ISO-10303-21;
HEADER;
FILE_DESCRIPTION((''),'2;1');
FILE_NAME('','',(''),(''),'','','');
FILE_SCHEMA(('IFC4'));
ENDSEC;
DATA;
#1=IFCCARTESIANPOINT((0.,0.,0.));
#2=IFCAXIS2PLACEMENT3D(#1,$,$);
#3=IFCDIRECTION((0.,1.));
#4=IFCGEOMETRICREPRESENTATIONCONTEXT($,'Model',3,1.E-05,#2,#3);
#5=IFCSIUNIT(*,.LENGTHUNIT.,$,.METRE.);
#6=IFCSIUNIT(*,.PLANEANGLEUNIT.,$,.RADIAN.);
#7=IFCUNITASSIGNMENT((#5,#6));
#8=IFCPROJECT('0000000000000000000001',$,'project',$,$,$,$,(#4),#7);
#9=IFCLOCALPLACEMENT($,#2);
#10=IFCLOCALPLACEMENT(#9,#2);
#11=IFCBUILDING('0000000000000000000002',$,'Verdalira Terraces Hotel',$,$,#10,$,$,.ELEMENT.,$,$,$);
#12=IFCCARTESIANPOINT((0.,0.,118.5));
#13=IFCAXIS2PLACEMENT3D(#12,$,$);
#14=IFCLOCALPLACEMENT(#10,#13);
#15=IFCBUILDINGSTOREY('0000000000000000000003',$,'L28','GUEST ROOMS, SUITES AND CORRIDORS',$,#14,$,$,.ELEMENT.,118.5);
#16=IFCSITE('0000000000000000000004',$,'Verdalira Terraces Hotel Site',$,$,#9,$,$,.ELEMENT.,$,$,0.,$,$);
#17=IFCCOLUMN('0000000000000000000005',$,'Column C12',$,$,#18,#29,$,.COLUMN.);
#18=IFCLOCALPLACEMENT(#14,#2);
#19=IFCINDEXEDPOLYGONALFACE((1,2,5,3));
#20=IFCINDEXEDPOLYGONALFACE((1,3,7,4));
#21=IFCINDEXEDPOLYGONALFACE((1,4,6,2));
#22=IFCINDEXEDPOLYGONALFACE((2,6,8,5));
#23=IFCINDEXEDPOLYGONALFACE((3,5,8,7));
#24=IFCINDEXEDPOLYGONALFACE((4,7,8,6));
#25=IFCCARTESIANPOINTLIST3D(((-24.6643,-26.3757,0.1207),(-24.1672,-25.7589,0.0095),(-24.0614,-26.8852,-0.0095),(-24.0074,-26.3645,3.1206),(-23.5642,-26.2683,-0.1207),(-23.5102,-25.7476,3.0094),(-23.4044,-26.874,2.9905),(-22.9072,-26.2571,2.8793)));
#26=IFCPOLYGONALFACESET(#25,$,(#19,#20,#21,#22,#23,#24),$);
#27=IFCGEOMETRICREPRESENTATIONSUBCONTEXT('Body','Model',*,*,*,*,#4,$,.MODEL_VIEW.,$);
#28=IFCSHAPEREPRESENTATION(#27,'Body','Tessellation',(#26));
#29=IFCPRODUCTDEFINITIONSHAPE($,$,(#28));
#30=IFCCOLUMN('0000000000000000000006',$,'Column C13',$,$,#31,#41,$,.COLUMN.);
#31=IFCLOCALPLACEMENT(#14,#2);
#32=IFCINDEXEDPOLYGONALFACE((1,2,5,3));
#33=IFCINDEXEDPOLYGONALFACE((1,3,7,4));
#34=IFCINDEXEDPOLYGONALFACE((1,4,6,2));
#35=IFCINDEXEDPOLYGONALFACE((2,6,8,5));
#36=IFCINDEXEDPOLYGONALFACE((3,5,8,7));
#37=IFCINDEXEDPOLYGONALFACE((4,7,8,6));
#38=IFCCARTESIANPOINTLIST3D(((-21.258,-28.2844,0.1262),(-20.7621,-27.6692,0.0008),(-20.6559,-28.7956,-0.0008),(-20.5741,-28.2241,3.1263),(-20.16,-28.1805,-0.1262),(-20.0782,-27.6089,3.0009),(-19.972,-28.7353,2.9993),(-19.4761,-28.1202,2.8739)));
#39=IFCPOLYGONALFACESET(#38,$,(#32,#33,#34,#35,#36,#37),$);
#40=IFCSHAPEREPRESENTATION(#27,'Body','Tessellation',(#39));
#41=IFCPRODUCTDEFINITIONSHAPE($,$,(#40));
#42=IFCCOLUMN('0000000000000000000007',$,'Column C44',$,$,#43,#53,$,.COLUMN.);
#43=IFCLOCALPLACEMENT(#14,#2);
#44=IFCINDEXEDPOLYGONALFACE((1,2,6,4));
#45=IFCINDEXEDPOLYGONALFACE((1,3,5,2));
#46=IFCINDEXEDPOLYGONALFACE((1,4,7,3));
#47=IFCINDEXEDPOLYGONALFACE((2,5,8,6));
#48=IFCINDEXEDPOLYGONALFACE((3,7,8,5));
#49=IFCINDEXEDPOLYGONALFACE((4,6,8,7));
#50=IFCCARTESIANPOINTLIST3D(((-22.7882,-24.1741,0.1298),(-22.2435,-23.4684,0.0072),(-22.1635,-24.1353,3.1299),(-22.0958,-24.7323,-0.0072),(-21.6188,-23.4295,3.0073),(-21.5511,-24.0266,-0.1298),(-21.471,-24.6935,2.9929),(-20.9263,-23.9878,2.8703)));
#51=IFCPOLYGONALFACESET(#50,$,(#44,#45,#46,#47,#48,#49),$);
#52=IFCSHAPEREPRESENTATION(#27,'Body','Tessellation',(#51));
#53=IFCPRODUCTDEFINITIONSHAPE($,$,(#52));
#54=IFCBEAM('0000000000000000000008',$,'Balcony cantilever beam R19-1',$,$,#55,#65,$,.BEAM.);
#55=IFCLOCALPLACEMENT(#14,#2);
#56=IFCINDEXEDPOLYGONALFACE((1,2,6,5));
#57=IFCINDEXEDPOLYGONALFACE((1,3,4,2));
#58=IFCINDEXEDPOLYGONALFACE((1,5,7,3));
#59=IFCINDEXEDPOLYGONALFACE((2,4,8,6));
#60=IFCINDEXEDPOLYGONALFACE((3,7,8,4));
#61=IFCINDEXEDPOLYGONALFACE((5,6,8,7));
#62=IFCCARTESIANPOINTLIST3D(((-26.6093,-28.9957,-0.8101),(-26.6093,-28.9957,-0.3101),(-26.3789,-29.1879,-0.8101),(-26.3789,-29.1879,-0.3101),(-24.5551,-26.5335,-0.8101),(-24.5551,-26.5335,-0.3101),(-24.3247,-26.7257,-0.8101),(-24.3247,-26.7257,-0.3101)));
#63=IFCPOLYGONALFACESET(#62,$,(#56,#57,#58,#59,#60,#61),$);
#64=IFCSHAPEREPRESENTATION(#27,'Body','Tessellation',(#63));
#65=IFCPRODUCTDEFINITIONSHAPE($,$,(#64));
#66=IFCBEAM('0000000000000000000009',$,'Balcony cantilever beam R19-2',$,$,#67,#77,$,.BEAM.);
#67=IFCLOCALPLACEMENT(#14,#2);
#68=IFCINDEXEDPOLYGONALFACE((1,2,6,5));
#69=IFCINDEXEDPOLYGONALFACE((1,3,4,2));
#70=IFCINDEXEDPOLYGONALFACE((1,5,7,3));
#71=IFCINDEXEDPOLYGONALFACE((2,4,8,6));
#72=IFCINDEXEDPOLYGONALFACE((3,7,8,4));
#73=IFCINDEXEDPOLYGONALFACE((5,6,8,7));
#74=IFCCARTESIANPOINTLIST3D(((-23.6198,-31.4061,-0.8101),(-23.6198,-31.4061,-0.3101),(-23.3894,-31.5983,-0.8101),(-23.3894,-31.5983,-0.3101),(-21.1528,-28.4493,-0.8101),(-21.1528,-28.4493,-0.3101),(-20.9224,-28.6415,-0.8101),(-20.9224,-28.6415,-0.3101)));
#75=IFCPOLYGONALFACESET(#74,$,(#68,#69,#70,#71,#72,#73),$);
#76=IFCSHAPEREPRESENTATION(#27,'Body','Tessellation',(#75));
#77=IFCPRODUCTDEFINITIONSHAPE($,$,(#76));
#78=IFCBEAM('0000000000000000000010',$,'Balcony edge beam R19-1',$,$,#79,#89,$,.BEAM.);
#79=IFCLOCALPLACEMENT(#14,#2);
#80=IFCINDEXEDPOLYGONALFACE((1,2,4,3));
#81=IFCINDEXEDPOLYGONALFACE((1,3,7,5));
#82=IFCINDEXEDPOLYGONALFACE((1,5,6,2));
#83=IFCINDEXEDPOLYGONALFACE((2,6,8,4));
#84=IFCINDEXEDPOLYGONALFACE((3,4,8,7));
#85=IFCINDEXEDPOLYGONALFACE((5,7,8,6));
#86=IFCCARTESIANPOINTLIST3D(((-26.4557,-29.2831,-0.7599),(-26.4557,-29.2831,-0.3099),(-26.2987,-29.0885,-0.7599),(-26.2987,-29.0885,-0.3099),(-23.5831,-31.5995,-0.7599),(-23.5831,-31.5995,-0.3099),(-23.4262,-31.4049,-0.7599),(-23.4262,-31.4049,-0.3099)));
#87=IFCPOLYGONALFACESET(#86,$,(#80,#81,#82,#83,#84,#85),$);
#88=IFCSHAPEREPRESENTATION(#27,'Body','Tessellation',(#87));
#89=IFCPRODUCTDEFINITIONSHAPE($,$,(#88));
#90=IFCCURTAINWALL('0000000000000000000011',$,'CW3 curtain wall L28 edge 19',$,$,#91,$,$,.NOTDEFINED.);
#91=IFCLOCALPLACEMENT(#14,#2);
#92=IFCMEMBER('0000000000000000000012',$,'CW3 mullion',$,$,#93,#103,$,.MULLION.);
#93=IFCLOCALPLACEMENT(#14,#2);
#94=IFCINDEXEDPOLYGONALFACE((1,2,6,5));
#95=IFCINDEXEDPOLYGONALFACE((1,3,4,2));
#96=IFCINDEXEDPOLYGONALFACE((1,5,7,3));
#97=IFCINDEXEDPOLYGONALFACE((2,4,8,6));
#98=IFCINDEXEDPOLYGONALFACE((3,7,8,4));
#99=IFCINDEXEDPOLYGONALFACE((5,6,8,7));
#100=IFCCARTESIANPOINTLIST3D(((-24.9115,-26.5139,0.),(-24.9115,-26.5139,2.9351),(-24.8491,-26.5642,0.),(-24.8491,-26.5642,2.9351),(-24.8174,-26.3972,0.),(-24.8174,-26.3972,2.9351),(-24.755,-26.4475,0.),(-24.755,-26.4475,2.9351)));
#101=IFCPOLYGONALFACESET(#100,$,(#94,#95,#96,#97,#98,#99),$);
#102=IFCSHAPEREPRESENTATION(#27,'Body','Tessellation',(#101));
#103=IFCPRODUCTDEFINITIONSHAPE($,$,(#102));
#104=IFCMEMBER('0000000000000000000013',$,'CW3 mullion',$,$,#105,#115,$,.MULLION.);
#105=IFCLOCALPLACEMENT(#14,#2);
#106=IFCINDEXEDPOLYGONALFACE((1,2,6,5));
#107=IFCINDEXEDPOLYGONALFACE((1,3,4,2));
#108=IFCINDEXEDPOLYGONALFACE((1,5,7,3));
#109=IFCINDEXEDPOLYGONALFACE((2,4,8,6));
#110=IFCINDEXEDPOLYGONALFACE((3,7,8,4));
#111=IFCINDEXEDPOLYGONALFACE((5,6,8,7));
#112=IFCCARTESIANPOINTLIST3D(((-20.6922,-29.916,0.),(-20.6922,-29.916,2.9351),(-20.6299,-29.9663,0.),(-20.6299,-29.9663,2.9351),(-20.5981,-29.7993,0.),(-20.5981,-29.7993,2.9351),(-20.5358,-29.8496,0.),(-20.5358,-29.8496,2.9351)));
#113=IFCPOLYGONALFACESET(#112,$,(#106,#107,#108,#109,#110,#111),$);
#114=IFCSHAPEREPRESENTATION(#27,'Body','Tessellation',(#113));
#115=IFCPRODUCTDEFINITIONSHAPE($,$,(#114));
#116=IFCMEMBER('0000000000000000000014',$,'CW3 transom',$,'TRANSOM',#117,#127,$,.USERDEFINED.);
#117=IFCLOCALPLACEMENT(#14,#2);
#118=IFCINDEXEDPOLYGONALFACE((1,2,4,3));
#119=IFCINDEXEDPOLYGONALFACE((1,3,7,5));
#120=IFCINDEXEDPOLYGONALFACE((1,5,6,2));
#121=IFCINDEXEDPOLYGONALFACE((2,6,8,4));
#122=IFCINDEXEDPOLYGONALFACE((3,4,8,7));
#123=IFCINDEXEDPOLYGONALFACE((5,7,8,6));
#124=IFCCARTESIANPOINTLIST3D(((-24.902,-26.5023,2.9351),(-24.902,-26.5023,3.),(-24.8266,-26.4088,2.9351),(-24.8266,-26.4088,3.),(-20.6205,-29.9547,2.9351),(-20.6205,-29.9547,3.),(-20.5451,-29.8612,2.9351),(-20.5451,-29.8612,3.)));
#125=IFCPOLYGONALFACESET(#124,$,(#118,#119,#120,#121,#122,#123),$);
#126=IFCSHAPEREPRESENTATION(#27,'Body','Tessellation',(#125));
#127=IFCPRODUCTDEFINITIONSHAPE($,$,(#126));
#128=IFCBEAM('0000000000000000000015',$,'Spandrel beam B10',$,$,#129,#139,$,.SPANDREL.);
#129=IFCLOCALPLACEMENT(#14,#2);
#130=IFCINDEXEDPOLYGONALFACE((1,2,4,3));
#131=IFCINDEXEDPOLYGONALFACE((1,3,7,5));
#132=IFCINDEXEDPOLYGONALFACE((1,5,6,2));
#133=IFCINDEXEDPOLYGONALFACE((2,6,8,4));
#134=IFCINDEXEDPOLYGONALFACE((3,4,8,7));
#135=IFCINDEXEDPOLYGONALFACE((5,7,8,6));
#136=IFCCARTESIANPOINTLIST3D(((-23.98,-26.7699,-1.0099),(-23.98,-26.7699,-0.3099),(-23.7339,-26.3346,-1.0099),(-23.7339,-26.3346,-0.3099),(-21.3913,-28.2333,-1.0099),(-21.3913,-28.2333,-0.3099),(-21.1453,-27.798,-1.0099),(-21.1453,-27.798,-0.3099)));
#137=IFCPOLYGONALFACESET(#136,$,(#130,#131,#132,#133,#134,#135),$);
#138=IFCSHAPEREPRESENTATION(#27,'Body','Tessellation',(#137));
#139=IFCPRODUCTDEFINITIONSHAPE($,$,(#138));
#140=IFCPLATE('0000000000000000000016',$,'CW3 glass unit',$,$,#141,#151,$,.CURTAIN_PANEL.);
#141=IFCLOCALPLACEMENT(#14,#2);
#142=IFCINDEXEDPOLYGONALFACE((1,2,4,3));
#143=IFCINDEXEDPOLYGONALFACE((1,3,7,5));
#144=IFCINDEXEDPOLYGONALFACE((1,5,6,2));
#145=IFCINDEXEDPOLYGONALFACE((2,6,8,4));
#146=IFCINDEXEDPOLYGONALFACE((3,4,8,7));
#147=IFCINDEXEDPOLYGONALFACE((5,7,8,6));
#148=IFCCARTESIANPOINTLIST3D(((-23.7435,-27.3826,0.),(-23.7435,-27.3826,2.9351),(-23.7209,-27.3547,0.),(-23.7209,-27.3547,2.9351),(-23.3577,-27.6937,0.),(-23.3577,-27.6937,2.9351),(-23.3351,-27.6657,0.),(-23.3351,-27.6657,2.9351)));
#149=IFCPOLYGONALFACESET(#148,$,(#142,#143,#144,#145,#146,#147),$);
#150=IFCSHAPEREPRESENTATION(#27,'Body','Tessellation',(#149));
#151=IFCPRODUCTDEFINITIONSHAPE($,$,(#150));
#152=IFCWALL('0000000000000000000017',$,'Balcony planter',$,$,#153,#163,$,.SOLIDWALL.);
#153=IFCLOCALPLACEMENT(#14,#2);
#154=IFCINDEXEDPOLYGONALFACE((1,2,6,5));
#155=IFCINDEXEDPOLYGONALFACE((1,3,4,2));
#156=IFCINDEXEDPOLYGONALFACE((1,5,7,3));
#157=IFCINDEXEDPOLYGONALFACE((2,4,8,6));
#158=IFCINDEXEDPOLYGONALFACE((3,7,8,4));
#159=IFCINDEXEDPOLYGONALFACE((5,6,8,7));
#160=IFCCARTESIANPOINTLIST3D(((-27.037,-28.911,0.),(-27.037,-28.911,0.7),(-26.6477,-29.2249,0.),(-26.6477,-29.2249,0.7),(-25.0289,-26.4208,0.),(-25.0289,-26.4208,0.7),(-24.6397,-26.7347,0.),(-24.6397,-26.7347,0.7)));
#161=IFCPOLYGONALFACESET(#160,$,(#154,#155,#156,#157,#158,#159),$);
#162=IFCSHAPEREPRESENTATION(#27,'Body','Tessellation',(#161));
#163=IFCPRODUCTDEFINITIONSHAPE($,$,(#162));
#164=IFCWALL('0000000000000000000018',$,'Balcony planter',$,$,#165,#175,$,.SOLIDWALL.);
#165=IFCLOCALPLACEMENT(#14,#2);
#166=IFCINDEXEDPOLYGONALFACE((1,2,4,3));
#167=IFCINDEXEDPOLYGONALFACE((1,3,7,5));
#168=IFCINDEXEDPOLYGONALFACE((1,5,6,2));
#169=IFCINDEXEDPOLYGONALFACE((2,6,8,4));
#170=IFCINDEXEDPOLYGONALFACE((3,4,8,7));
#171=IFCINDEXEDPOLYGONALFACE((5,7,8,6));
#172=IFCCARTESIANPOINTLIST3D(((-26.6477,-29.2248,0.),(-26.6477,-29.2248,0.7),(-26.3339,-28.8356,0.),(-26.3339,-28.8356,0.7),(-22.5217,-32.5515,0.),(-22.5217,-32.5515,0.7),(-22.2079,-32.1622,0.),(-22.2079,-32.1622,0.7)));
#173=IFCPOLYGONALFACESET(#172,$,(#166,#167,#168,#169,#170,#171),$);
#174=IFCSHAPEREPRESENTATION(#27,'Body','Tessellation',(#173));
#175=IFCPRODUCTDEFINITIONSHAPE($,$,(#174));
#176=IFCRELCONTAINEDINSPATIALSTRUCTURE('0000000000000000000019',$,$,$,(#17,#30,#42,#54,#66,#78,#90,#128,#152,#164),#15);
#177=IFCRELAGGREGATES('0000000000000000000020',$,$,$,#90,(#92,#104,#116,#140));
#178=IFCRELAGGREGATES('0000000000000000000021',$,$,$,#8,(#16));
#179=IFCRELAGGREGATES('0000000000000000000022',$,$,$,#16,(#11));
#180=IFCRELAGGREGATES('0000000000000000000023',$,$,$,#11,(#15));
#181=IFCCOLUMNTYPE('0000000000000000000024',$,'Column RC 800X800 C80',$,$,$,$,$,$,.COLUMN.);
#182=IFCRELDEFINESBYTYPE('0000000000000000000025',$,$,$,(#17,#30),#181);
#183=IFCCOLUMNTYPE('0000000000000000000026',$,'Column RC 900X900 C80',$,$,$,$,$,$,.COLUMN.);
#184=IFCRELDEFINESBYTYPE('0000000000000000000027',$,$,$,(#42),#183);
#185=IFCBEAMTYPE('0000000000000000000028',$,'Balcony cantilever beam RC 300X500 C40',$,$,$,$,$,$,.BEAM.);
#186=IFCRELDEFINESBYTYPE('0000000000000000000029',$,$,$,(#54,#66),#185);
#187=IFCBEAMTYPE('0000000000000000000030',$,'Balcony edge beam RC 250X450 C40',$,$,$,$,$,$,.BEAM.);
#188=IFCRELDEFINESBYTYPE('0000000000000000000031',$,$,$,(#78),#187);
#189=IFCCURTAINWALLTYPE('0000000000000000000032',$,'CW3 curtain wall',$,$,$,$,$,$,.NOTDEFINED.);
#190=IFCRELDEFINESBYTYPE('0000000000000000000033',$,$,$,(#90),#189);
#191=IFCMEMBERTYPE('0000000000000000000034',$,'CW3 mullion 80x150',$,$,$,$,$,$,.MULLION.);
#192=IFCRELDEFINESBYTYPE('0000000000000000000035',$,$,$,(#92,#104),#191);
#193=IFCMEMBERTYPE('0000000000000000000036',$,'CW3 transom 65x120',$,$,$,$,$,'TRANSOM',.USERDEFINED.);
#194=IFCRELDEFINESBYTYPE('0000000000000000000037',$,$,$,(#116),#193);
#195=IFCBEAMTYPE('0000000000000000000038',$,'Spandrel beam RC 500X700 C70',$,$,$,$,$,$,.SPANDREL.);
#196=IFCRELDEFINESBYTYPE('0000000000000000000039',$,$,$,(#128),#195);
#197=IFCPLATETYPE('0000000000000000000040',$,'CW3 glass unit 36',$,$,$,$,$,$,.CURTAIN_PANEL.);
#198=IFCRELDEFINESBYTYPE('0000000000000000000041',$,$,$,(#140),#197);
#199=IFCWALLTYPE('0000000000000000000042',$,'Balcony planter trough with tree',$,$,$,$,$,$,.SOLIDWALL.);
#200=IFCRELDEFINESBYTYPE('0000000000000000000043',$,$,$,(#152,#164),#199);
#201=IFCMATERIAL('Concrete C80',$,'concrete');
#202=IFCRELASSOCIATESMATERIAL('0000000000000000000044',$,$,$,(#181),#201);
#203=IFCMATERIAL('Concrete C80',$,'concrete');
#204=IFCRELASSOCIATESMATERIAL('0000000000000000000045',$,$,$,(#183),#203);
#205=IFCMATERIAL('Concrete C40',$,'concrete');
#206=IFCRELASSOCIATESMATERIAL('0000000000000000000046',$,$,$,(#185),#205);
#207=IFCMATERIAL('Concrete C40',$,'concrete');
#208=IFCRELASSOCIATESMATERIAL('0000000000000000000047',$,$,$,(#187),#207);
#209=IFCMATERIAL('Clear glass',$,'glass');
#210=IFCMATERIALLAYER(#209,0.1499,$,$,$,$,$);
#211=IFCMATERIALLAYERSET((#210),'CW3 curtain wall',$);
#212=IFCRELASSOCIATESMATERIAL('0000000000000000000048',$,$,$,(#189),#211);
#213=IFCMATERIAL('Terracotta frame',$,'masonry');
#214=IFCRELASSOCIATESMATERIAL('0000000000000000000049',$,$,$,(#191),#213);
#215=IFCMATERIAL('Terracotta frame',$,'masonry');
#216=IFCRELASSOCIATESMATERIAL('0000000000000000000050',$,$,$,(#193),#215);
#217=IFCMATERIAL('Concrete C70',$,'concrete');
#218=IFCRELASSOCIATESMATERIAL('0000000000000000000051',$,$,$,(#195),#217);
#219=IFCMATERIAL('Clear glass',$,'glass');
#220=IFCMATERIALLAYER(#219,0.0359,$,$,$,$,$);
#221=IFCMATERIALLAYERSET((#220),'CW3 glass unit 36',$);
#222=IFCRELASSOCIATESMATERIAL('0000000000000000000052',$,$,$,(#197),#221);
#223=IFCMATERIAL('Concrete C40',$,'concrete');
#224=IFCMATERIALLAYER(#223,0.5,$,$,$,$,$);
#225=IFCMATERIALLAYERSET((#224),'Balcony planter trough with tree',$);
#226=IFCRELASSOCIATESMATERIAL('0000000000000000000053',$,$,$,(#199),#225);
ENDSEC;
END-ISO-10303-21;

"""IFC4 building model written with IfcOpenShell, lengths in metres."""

from ifc_helpers import new_model, si_unit, direction, frame, frame_2d, origin, origin_2d, place, context, subcontext, project, spatial, rectangle, extrude, material, layer, layer_set, material_profile, profile_set, type_object, element, aggregate, save


model = new_model("IFC4")

# Units and contexts
model_context = context("Model", 3, precision=1e-05, world=origin(), true_north=direction((0.0, 1.0)))
body_context = subcontext(model_context, "Body", "Model", "MODEL_VIEW")
ifc_project = project(units=[si_unit("LENGTHUNIT", "METRE"), si_unit("PLANEANGLEUNIT", "RADIAN")], contexts=[model_context])

# Site, building, storey
site_placement = place(None, origin())
site = spatial("IfcSite", under=ifc_project, at=site_placement, Name="Verdalira Terraces Hotel Site", CompositionType="ELEMENT", RefElevation=0.0)
building_placement = place(site_placement, origin())
building = spatial("IfcBuilding", under=site, at=building_placement, Name="Verdalira Terraces Hotel", CompositionType="ELEMENT")
storey_placement = place(building_placement, frame((0.0, 0.0, 118.5)))
storey = spatial("IfcBuildingStorey", under=building, at=storey_placement, Name="L28", Description="GUEST ROOMS, SUITES AND CORRIDORS", CompositionType="ELEMENT", Elevation=118.5)

# Columns
ifc_material_1 = material(Name="Concrete C80", Category="concrete")
ifc_material_profile_1 = material_profile(ifc_material_1, rectangle(XDim=0.8, YDim=0.8, at=origin_2d()), Name="RC 800X800")
ifc_profile_set_1 = profile_set([ifc_material_profile_1], Name="Concrete C80")
column_type_1 = type_object("IfcColumnType", Name="Column RC 800X800 C80", PredefinedType="COLUMN", material=ifc_profile_set_1)
column_1_placement = place(storey_placement, frame((-24.1143, -26.322, 0.0), z_axis=(0.213923, 0.003657, 0.976844), x_axis=(0.753681, -0.636792, -0.162668)))
element("IfcColumn", 1, at=column_1_placement, inside=storey, type_object=column_type_1, Name="Column C12", PredefinedType="COLUMN", context=body_context, shape_type="SweptSolid", body=[
    extrude(rectangle(XDim=0.8, YDim=0.8, at=origin_2d()), origin(), (0.0, 0.0, 1.0), 3.071),
])
column_2_placement = place(storey_placement, frame((-20.709, -28.2324, 0.0), z_axis=(0.222203, 0.019594, 0.974804), x_axis=(0.752603, -0.639062, -0.158707)))
element("IfcColumn", 2, at=column_2_placement, inside=storey, type_object=column_type_1, Name="Column C13", PredefinedType="COLUMN", context=body_context, shape_type="SweptSolid", body=[
    extrude(rectangle(XDim=0.8, YDim=0.8, at=origin_2d()), origin(), (0.0, 0.0, 1.0), 3.0776),
])
ifc_material_2 = material(Name="Concrete C80", Category="concrete")
ifc_material_profile_2 = material_profile(ifc_material_2, rectangle(XDim=0.8999, YDim=0.8999, at=origin_2d()), Name="RC 900X900")
ifc_profile_set_2 = profile_set([ifc_material_profile_2], Name="Concrete C80")
column_type_2 = type_object("IfcColumnType", Name="Column RC 900X900 C80", PredefinedType="COLUMN", material=ifc_profile_set_2)
column_3_placement = place(storey_placement, frame((-22.1697, -24.1003, 0.0), z_axis=(0.203862, 0.012667, 0.978918), x_axis=(-0.605305, -0.784254, 0.136204)))
element("IfcColumn", 3, at=column_3_placement, inside=storey, type_object=column_type_2, Name="Column C44", PredefinedType="COLUMN", context=body_context, shape_type="SweptSolid", body=[
    extrude(rectangle(XDim=0.8999, YDim=0.8999, at=origin_2d()), origin(), (0.0, 0.0, 1.0), 3.0647),
])

# Beams
ifc_material_3 = material(Name="Concrete C40", Category="concrete")
ifc_material_profile_3 = material_profile(ifc_material_3, rectangle(XDim=0.3, YDim=0.5, at=origin_2d()), Name="RC 300X500")
ifc_profile_set_3 = profile_set([ifc_material_profile_3], Name="Concrete C40")
beam_type_1 = type_object("IfcBeamType", Name="Balcony cantilever beam RC 300X500 C40", PredefinedType="BEAM", material=ifc_profile_set_3)
beam_1_placement = place(storey_placement, frame((-24.4399, -26.6296, -0.5601), z_axis=(-0.640626, -0.767853, 0.0), x_axis=(0.767853, -0.640626, 0.0)))
element("IfcBeam", 4, at=beam_1_placement, inside=storey, type_object=beam_type_1, Name="Balcony cantilever beam R19-1", PredefinedType="BEAM", context=body_context, shape_type="SweptSolid", body=[
    extrude(rectangle(XDim=0.3, YDim=0.5, at=origin_2d()), origin(), (0.0, 0.0, 1.0), 3.2065),
])
beam_2_placement = place(storey_placement, frame((-21.0376, -28.5454, -0.5601), z_axis=(-0.640652, -0.767831, 0.0), x_axis=(0.767831, -0.640652, 0.0)))
element("IfcBeam", 5, at=beam_2_placement, inside=storey, type_object=beam_type_1, Name="Balcony cantilever beam R19-2", PredefinedType="BEAM", context=body_context, shape_type="SweptSolid", body=[
    extrude(rectangle(XDim=0.3, YDim=0.5, at=origin_2d()), origin(), (0.0, 0.0, 1.0), 3.8508),
])
ifc_material_4 = material(Name="Concrete C40", Category="concrete")
ifc_material_profile_4 = material_profile(ifc_material_4, rectangle(XDim=0.25, YDim=0.45, at=origin_2d()), Name="RC 250X450")
ifc_profile_set_4 = profile_set([ifc_material_profile_4], Name="Concrete C40")
beam_type_2 = type_object("IfcBeamType", Name="Balcony edge beam RC 250X450 C40", PredefinedType="BEAM", material=ifc_profile_set_4)
beam_3_placement = place(storey_placement, frame((-26.3772, -29.1858, -0.5349), z_axis=(0.778436, -0.627724, 0.0), x_axis=(0.627724, 0.778436, 0.0)))
element("IfcBeam", 6, at=beam_3_placement, inside=storey, type_object=beam_type_2, Name="Balcony edge beam R19-1", PredefinedType="BEAM", context=body_context, shape_type="SweptSolid", body=[
    extrude(rectangle(XDim=0.25, YDim=0.45, at=origin_2d()), origin(), (0.0, 0.0, 1.0), 3.6902),
])

# Curtain wall, members
ifc_material_5 = material(Name="Clear glass", Category="glass")
ifc_layer_1 = layer(ifc_material_5, 0.1499)
ifc_layer_set_1 = layer_set([ifc_layer_1], Name="CW3 curtain wall")
curtain_wall_type = type_object("IfcCurtainWallType", Name="CW3 curtain wall", PredefinedType="NOTDEFINED", material=ifc_layer_set_1)
curtain_wall_placement = place(storey_placement, origin())
curtain_wall = element("IfcCurtainWall", 7, at=curtain_wall_placement, inside=storey, type_object=curtain_wall_type, Name="CW3 curtain wall L28 edge 19", PredefinedType="NOTDEFINED")
ifc_material_6 = material(Name="Terracotta frame", Category="masonry")
ifc_material_profile_5 = material_profile(ifc_material_6, rectangle(XDim=0.0801, YDim=0.1499, at=origin_2d()), Name="MU 80x150")
ifc_profile_set_5 = profile_set([ifc_material_profile_5], Name="Terracotta frame")
member_type_1 = type_object("IfcMemberType", Name="CW3 mullion 80x150", PredefinedType="MULLION", material=ifc_profile_set_5)
member_1_placement = place(storey_placement, frame((-24.8333, -26.4807, 0.0), z_axis=(0.0, 0.0, 1.0), x_axis=(0.778462, -0.627691, 0.0)))
member_1 = element("IfcMember", 8, at=member_1_placement, type_object=member_type_1, Name="CW3 mullion", PredefinedType="MULLION", context=body_context, shape_type="SweptSolid", body=[
    extrude(rectangle(XDim=0.0801, YDim=0.1499, at=origin_2d()), origin(), (0.0, 0.0, 1.0), 2.9351),
])
member_2_placement = place(storey_placement, frame((-20.614, -29.8828, 0.0), z_axis=(0.0, 0.0, 1.0), x_axis=(0.778462, -0.627691, 0.0)))
member_2 = element("IfcMember", 9, at=member_2_placement, type_object=member_type_1, Name="CW3 mullion", PredefinedType="MULLION", context=body_context, shape_type="SweptSolid", body=[
    extrude(rectangle(XDim=0.0801, YDim=0.1499, at=origin_2d()), origin(), (0.0, 0.0, 1.0), 2.9351),
])
ifc_material_7 = material(Name="Terracotta frame", Category="masonry")
ifc_material_profile_6 = material_profile(ifc_material_7, rectangle(XDim=0.1201, YDim=0.0649, at=origin_2d()), Name="TR 65x120")
ifc_profile_set_6 = profile_set([ifc_material_profile_6], Name="Terracotta frame")
member_type_2 = type_object("IfcMemberType", Name="CW3 transom 65x120", ElementType="TRANSOM", PredefinedType="USERDEFINED", material=ifc_profile_set_6)
member_3_placement = place(storey_placement, frame((-24.8643, -26.4556, 2.9675), z_axis=(0.778451, -0.627706, 0.0), x_axis=(0.627706, 0.778451, 0.0)))
member_3 = element("IfcMember", 10, at=member_3_placement, type_object=member_type_2, Name="CW3 transom", ObjectType="TRANSOM", PredefinedType="USERDEFINED", context=body_context, shape_type="SweptSolid", body=[
    extrude(rectangle(XDim=0.1201, YDim=0.0649, at=origin_2d()), origin(), (0.0, 0.0, 1.0), 5.5),
])

# Beam
ifc_material_8 = material(Name="Concrete C70", Category="concrete")
ifc_material_profile_7 = material_profile(ifc_material_8, rectangle(XDim=0.5, YDim=0.7, at=origin_2d()), Name="RC 500X700")
ifc_profile_set_7 = profile_set([ifc_material_profile_7], Name="Concrete C70")
beam_type_3 = type_object("IfcBeamType", Name="Spandrel beam RC 500X700 C70", PredefinedType="SPANDREL", material=ifc_profile_set_7)
beam_4_placement = place(storey_placement, frame((-23.8569, -26.5522, -0.6599), z_axis=(0.870528, -0.492119, 0.0), x_axis=(0.492119, 0.870528, 0.0)))
element("IfcBeam", 11, at=beam_4_placement, inside=storey, type_object=beam_type_3, Name="Spandrel beam B10", PredefinedType="SPANDREL", context=body_context, shape_type="SweptSolid", body=[
    extrude(rectangle(XDim=0.5, YDim=0.7, at=origin_2d()), origin(), (0.0, 0.0, 1.0), 2.9736),
])

# Plate
ifc_material_9 = material(Name="Clear glass", Category="glass")
ifc_layer_2 = layer(ifc_material_9, 0.0359)
ifc_layer_set_2 = layer_set([ifc_layer_2], Name="CW3 glass unit 36")
plate_type = type_object("IfcPlateType", Name="CW3 glass unit 36", PredefinedType="CURTAIN_PANEL", material=ifc_layer_set_2)
plate_placement = place(storey_placement, frame((-23.5393, -27.5242, 0.0), z_axis=(0.0, 0.0, 1.0), x_axis=(0.778462, -0.627691, 0.0)))
plate = element("IfcPlate", 12, at=plate_placement, type_object=plate_type, Name="CW3 glass unit", PredefinedType="CURTAIN_PANEL", context=body_context, shape_type="SweptSolid", body=[
    extrude(rectangle(XDim=0.4956, YDim=0.0359, at=origin_2d()), origin(), (0.0, 0.0, 1.0), 2.9351),
])
aggregate(curtain_wall, [member_1, member_2, member_3, plate])

# Walls
ifc_material_10 = material(Name="Concrete C40", Category="concrete")
ifc_layer_3 = layer(ifc_material_10, 0.5)
ifc_layer_set_3 = layer_set([ifc_layer_3], Name="Balcony planter trough with tree")
wall_type_1 = type_object("IfcWallType", Name="Balcony planter trough with tree", PredefinedType="SOLIDWALL", material=ifc_layer_set_3)
wall_1_placement = place(storey_placement, frame((-24.8342, -26.5776, 0.0), z_axis=(0.0, 0.0, 1.0), x_axis=(-0.627715, -0.778443, 0.0)))
element("IfcWall", 13, at=wall_1_placement, inside=storey, type_object=wall_type_1, Name="Balcony planter", PredefinedType="SOLIDWALL", context=body_context, shape_type="SweptSolid", body=[
    extrude(rectangle(XDim=3.199, YDim=0.5, at=frame_2d((1.5996, 0.0))), origin(), (0.0, 0.0, 1.0), 0.7),
])
wall_2_placement = place(storey_placement, frame((-26.4907, -29.0303, 0.0), z_axis=(0.0, 0.0, 1.0), x_axis=(0.778481, -0.627668, 0.0)))
element("IfcWall", 14, at=wall_2_placement, inside=storey, type_object=wall_type_1, Name="Balcony planter", PredefinedType="SOLIDWALL", context=body_context, shape_type="SweptSolid", body=[
    extrude(rectangle(XDim=5.3, YDim=0.5, at=frame_2d((2.6499, 0.0))), origin(), (0.0, 0.0, 1.0), 0.7),
])

save(model, "model.ifc")
